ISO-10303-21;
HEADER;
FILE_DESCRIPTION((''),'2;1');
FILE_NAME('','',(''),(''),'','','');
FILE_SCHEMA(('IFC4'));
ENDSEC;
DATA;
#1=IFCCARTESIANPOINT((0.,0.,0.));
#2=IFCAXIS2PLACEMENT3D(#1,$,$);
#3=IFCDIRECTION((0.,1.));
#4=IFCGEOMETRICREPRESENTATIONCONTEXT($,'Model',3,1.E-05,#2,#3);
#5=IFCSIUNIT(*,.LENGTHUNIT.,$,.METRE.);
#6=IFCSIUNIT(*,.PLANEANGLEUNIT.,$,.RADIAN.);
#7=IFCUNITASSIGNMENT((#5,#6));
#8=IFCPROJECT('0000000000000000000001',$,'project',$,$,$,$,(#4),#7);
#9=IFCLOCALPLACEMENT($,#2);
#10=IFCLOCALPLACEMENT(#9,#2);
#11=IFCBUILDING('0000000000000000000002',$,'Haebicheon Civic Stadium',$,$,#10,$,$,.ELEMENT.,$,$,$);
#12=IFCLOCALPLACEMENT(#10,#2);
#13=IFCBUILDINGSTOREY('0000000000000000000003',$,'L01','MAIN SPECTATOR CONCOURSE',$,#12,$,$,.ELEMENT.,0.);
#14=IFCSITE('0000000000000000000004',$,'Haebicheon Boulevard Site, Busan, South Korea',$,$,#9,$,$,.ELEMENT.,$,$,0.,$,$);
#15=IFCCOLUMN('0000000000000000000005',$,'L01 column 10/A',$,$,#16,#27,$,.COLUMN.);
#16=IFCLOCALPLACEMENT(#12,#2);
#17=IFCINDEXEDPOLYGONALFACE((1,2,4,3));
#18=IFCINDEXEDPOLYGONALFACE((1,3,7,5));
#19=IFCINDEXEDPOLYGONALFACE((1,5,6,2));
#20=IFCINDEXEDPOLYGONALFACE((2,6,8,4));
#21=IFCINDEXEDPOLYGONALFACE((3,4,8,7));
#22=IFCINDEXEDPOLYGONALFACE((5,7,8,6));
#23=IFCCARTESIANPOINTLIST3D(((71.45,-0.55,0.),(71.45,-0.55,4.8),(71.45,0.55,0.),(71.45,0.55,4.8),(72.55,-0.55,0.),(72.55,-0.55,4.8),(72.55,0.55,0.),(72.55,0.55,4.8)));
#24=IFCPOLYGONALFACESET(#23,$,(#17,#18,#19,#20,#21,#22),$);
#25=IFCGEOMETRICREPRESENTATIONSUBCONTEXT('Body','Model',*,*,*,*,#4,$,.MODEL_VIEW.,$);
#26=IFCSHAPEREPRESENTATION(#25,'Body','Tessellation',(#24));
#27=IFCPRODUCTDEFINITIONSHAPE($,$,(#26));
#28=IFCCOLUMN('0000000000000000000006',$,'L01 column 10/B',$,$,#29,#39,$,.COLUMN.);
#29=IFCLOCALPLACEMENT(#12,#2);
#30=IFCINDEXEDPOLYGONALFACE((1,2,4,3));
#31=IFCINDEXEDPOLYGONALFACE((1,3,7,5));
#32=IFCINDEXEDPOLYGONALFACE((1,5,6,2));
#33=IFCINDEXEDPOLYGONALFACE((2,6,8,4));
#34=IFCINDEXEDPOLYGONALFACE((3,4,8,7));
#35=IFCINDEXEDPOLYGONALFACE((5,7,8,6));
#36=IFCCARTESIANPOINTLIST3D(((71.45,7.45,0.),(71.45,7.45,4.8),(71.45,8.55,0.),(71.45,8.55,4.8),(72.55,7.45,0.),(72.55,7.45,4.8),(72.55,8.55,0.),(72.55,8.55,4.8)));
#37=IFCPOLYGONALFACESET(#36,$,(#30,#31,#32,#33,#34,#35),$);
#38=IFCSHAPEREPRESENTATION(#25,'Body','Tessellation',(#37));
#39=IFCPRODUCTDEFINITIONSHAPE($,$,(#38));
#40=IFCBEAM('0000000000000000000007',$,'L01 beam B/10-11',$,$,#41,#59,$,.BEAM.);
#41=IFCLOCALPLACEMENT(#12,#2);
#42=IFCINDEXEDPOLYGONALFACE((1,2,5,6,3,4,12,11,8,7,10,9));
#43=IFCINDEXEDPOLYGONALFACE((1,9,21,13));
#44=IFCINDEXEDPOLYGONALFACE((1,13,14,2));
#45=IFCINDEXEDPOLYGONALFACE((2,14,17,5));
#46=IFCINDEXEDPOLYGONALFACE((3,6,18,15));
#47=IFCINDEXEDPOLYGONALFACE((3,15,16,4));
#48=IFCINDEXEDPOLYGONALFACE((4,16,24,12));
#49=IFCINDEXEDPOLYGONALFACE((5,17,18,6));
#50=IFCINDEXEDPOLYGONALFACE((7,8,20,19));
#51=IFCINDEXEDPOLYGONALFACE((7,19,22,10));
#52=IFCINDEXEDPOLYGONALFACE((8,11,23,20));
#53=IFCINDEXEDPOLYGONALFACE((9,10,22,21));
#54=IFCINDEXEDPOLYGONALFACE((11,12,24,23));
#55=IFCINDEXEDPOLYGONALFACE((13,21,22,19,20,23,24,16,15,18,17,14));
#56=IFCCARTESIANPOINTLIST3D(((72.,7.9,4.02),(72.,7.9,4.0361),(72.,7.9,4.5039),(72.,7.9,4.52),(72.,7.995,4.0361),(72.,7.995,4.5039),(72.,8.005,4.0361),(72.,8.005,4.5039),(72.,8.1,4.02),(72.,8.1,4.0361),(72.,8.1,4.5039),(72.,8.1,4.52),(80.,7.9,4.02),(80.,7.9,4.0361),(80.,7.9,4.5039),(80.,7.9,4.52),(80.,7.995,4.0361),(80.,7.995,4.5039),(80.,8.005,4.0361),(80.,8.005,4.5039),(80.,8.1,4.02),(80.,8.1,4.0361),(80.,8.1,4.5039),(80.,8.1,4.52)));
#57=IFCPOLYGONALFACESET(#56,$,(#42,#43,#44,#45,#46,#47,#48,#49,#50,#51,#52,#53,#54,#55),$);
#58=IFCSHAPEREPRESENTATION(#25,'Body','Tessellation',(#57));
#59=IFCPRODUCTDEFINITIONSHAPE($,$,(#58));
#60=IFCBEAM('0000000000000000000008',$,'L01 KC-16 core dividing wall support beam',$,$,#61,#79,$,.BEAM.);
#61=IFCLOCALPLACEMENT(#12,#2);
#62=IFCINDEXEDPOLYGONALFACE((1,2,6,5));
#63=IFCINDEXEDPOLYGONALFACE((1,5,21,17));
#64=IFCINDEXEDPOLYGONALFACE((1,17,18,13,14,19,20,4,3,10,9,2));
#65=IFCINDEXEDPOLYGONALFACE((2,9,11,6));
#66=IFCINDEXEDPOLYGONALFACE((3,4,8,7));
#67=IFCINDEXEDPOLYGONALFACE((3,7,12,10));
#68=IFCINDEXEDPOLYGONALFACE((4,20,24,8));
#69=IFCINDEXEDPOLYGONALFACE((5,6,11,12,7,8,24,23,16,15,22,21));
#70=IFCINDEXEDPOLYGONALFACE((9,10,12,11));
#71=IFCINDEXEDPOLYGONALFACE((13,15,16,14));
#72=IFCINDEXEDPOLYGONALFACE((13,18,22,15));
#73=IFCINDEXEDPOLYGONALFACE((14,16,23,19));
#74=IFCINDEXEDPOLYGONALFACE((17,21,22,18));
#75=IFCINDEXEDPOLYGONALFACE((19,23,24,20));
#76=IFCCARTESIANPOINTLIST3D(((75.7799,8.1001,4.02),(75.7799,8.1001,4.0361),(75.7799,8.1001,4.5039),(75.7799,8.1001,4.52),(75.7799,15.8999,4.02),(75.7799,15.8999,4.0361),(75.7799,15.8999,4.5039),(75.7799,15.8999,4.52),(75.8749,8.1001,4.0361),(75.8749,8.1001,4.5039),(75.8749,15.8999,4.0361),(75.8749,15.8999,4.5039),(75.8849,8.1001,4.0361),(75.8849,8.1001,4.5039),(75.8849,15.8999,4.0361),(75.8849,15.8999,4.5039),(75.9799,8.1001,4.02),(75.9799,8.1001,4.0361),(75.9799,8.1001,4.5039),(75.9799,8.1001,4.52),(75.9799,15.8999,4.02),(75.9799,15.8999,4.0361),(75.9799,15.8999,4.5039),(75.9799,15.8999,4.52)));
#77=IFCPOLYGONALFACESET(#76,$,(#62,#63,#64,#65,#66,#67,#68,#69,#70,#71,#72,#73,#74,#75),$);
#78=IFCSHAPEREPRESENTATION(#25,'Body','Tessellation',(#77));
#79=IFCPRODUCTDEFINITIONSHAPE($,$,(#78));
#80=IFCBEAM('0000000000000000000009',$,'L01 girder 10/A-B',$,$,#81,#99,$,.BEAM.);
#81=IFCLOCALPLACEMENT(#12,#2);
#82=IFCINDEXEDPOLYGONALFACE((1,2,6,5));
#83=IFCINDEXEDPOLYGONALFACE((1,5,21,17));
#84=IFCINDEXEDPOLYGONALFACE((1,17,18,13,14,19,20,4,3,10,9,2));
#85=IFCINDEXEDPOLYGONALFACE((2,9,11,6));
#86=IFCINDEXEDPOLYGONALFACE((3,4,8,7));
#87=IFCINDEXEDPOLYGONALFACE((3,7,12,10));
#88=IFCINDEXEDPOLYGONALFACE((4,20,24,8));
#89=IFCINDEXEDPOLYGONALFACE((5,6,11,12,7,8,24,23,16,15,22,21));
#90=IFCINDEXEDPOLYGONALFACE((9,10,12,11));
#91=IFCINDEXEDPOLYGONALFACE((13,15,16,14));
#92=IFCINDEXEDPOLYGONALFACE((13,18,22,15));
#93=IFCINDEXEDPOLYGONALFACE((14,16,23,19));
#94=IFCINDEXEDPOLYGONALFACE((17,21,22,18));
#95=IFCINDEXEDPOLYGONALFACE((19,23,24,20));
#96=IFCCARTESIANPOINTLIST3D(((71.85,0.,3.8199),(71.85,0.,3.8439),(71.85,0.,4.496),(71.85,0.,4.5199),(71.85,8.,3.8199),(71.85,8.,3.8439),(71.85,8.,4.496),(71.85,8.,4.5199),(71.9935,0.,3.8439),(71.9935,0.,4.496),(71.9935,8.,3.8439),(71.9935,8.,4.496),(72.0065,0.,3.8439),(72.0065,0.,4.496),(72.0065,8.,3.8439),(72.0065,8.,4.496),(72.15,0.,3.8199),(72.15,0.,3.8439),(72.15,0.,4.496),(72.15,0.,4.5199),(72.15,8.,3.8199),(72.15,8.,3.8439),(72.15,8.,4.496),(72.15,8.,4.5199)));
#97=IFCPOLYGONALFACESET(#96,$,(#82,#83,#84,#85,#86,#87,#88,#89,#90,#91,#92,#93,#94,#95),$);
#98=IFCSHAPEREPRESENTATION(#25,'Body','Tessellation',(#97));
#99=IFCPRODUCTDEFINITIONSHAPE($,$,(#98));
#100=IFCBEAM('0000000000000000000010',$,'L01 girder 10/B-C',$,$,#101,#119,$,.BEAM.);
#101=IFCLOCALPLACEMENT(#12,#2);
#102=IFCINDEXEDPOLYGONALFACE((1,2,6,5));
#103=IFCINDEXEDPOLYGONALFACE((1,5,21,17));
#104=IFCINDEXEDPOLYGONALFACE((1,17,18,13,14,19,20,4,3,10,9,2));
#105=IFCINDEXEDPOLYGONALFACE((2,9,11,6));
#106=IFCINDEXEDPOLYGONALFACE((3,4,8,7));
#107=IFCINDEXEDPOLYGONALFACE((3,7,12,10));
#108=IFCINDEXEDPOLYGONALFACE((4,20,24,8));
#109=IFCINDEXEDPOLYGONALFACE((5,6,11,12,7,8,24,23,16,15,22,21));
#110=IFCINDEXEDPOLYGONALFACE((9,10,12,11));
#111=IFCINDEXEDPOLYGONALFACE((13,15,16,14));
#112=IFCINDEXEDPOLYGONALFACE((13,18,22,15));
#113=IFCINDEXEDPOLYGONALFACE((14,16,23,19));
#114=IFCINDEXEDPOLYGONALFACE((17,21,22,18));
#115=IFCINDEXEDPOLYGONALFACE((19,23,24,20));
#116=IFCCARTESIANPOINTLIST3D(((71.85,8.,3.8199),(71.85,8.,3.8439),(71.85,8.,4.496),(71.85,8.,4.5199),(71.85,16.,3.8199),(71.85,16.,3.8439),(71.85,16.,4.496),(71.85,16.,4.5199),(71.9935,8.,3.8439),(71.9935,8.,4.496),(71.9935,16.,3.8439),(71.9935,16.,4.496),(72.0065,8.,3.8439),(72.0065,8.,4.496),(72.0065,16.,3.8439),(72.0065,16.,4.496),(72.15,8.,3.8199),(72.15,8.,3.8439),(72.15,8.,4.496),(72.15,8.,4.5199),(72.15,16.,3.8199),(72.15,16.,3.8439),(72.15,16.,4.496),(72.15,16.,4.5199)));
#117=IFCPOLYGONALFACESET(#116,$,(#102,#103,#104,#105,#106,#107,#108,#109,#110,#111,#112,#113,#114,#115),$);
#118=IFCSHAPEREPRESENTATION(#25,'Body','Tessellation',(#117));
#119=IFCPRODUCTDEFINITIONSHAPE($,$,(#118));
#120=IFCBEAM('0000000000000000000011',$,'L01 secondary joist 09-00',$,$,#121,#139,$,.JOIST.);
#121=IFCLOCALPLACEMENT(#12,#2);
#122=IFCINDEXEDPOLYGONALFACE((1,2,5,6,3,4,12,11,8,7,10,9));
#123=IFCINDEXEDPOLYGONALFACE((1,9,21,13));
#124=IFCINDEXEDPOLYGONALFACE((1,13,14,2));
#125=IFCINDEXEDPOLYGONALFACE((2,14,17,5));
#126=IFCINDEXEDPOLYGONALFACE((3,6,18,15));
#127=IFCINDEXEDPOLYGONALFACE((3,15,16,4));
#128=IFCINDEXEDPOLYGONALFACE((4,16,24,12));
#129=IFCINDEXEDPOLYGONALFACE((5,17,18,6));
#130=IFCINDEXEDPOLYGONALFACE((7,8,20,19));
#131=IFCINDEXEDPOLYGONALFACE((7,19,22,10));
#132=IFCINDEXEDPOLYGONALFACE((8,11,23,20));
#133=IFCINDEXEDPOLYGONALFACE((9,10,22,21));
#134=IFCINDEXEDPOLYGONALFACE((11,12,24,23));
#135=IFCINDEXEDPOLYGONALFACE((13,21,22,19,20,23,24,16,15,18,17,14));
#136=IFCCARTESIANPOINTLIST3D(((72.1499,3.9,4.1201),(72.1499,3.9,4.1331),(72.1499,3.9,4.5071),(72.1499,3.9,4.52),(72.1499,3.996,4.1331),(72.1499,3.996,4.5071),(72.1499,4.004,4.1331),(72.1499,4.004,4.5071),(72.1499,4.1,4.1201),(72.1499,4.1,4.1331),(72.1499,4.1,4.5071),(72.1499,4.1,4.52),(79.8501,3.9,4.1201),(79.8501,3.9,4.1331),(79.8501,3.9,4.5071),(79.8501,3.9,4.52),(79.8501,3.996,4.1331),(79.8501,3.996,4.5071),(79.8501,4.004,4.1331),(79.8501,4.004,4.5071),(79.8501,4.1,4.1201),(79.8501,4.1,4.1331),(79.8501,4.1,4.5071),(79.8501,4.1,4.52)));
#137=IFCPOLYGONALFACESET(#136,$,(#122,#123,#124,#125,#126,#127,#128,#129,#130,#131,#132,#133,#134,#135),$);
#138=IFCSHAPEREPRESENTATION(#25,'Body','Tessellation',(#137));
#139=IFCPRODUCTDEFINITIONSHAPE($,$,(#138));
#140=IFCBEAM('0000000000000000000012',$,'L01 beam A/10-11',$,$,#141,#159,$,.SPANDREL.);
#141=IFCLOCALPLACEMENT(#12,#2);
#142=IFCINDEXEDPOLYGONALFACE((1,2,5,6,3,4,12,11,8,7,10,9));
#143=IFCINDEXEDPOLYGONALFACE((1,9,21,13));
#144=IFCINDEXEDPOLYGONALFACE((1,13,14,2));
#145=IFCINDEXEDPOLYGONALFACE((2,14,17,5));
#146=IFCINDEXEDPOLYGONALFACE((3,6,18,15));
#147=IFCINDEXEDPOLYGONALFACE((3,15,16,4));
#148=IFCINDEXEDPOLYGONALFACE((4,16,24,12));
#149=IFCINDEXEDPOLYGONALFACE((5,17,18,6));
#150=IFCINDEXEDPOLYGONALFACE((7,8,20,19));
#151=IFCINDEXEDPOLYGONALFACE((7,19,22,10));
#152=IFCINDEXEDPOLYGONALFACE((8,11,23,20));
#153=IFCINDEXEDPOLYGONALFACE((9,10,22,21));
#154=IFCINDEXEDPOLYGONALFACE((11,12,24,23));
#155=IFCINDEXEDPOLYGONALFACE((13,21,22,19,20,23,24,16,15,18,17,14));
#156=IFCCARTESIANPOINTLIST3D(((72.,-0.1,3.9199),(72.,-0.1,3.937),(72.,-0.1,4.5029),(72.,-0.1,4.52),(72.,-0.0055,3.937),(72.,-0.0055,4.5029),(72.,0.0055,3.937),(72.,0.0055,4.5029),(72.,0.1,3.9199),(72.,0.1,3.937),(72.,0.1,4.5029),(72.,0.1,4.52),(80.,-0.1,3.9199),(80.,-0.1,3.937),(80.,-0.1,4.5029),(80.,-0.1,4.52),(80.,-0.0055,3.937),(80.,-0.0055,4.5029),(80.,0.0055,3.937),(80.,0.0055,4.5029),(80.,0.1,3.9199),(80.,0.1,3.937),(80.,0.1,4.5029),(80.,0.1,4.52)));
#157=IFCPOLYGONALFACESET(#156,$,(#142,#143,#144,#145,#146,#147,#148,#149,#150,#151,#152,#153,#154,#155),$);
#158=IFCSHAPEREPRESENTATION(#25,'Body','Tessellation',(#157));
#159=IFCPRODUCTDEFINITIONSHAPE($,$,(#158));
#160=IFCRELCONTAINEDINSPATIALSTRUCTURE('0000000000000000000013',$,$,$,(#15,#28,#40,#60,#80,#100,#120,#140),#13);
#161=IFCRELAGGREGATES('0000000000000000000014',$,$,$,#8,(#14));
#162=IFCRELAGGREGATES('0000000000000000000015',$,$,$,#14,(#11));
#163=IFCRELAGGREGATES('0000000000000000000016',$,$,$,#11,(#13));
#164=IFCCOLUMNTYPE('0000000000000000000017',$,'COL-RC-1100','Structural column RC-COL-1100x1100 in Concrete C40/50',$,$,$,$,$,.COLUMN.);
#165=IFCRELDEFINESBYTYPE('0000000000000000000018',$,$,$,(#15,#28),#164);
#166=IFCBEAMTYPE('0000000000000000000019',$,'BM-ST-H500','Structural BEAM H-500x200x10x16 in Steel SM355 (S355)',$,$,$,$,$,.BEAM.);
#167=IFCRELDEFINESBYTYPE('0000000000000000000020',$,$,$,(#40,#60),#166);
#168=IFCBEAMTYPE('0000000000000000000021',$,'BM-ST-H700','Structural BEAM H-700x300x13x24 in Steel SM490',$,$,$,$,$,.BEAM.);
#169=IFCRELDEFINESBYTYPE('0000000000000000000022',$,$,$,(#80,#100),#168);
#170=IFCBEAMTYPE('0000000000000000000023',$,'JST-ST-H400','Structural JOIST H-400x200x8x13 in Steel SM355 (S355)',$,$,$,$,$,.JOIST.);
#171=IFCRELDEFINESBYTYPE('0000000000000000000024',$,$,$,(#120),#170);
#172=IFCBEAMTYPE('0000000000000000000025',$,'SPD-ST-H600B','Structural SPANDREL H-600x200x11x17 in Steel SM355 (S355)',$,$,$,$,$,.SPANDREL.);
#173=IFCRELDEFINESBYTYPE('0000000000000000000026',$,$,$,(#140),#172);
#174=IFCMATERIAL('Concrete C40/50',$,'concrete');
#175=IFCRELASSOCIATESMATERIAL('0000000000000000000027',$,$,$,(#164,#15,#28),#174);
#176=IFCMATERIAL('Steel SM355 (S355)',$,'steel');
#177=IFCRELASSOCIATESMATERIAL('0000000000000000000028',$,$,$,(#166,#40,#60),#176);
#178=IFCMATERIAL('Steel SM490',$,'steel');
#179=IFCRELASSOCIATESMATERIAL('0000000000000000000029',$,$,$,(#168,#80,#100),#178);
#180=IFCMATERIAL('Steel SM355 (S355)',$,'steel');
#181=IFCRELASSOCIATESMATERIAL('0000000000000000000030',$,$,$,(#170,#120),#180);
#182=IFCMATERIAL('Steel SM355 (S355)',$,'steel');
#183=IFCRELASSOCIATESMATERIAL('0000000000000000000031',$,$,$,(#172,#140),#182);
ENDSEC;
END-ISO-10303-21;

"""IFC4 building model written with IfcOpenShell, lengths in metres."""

from ifc_helpers import new_model, si_unit, direction, frame, origin, origin_2d, place, context, subcontext, project, spatial, rectangle, i_section, extrude, material, material_profile, profile_set, type_object, element, save


model = new_model("IFC4")

# Units and contexts
model_context = context("Model", 3, precision=1e-05, world=origin(), true_north=direction((0.0, 1.0)))
body_context = subcontext(model_context, "Body", "Model", "MODEL_VIEW")
ifc_project = project(units=[si_unit("LENGTHUNIT", "METRE"), si_unit("PLANEANGLEUNIT", "RADIAN")], contexts=[model_context])

# Site, building, storey
site_placement = place(None, origin())
site = spatial("IfcSite", under=ifc_project, at=site_placement, Name="Haebicheon Boulevard Site, Busan, South Korea", CompositionType="ELEMENT", RefElevation=0.0)
building_placement = place(site_placement, origin())
building = spatial("IfcBuilding", under=site, at=building_placement, Name="Haebicheon Civic Stadium", CompositionType="ELEMENT")
storey_placement = place(building_placement, origin())
storey = spatial("IfcBuildingStorey", under=building, at=storey_placement, Name="L01", Description="MAIN SPECTATOR CONCOURSE", CompositionType="ELEMENT", Elevation=0.0)

# Columns
ifc_material_1 = material(Name="Concrete C40/50", Category="concrete")
ifc_material_profile_1 = material_profile(ifc_material_1, rectangle(XDim=1.1001, YDim=1.1001, at=origin_2d()), Name="RC-COL-1100x1100")
ifc_profile_set_1 = profile_set([ifc_material_profile_1], Name="Concrete C40/50")
column_type = type_object("IfcColumnType", Name="COL-RC-1100", Description="Structural column RC-COL-1100x1100 in Concrete C40/50", PredefinedType="COLUMN", material=ifc_profile_set_1)
for number, where, z_axis, x_axis, name in (
    (1, (72.0, 0.0, 0.0), (0.0, 0.0, 1.0), (1.0, 0.0, 0.0), "L01 column 10/A"),
    (2, (72.0, 8.0, 0.0), (0.0, 0.0, 1.0), (1.0, 0.0, 0.0), "L01 column 10/B"),
):
    element("IfcColumn", number, at=place(storey_placement, frame(where, z_axis=z_axis, x_axis=x_axis)), inside=storey, type_object=column_type, material=ifc_profile_set_1, Name=name, PredefinedType="COLUMN", context=body_context, shape_type="SweptSolid", body=[
        extrude(rectangle(XDim=1.1001, YDim=1.1001, at=origin_2d()), origin(), (0.0, 0.0, 1.0), 4.8),
    ])

# Beams
ifc_material_2 = material(Name="Steel SM355 (S355)", Category="steel")
ifc_material_profile_2 = material_profile(ifc_material_2, i_section(OverallWidth=0.2, OverallDepth=0.5, WebThickness=0.01, FlangeThickness=0.0161, at=origin_2d()), Name="H-500x200x10x16")
ifc_profile_set_2 = profile_set([ifc_material_profile_2], Name="Steel SM355 (S355)")
beam_type_1 = type_object("IfcBeamType", Name="BM-ST-H500", Description="Structural BEAM H-500x200x10x16 in Steel SM355 (S355)", PredefinedType="BEAM", material=ifc_profile_set_2)
beam_1_placement = place(storey_placement, frame((72.0, 8.0, 4.27), z_axis=(1.0, 0.0, 0.0), x_axis=(0.0, 1.0, 0.0)))
element("IfcBeam", 3, at=beam_1_placement, inside=storey, type_object=beam_type_1, material=ifc_profile_set_2, Name="L01 beam B/10-11", PredefinedType="BEAM", context=body_context, shape_type="SweptSolid", body=[
    extrude(i_section(OverallWidth=0.2, OverallDepth=0.5, WebThickness=0.01, FlangeThickness=0.0161, at=origin_2d()), origin(), (0.0, 0.0, 1.0), 8.0),
])
beam_2_placement = place(storey_placement, frame((75.8799, 8.1001, 4.27), z_axis=(0.0, 1.0, 0.0), x_axis=(-1.0, 0.0, 0.0)))
element("IfcBeam", 4, at=beam_2_placement, inside=storey, type_object=beam_type_1, material=ifc_profile_set_2, Name="L01 KC-16 core dividing wall support beam", PredefinedType="BEAM", context=body_context, shape_type="SweptSolid", body=[
    extrude(i_section(OverallWidth=0.2, OverallDepth=0.5, WebThickness=0.01, FlangeThickness=0.0161, at=origin_2d()), origin(), (0.0, 0.0, 1.0), 7.7998),
])
ifc_material_3 = material(Name="Steel SM490", Category="steel")
ifc_material_profile_3 = material_profile(ifc_material_3, i_section(OverallWidth=0.3, OverallDepth=0.7, WebThickness=0.0129, FlangeThickness=0.0239, at=origin_2d()), Name="H-700x300x13x24")
ifc_profile_set_3 = profile_set([ifc_material_profile_3], Name="Steel SM490")
beam_type_2 = type_object("IfcBeamType", Name="BM-ST-H700", Description="Structural BEAM H-700x300x13x24 in Steel SM490", PredefinedType="BEAM", material=ifc_profile_set_3)
for number, where, z_axis, x_axis, name in (
    (5, (72.0, 0.0, 4.1699), (0.0, 1.0, 0.0), (-1.0, 0.0, 0.0), "L01 girder 10/A-B"),
    (6, (72.0, 8.0, 4.1699), (0.0, 1.0, 0.0), (-1.0, 0.0, 0.0), "L01 girder 10/B-C"),
):
    element("IfcBeam", number, at=place(storey_placement, frame(where, z_axis=z_axis, x_axis=x_axis)), inside=storey, type_object=beam_type_2, material=ifc_profile_set_3, Name=name, PredefinedType="BEAM", context=body_context, shape_type="SweptSolid", body=[
        extrude(i_section(OverallWidth=0.3, OverallDepth=0.7, WebThickness=0.0129, FlangeThickness=0.0239, at=origin_2d()), origin(), (0.0, 0.0, 1.0), 8.0),
    ])
ifc_material_4 = material(Name="Steel SM355 (S355)", Category="steel")
ifc_material_profile_4 = material_profile(ifc_material_4, i_section(OverallWidth=0.2, OverallDepth=0.3999, WebThickness=0.0081, FlangeThickness=0.0129, at=origin_2d()), Name="H-400x200x8x13")
ifc_profile_set_4 = profile_set([ifc_material_profile_4], Name="Steel SM355 (S355)")
beam_type_3 = type_object("IfcBeamType", Name="JST-ST-H400", Description="Structural JOIST H-400x200x8x13 in Steel SM355 (S355)", PredefinedType="JOIST", material=ifc_profile_set_4)
beam_3_placement = place(storey_placement, frame((72.1499, 4.0, 4.3201), z_axis=(1.0, 0.0, 0.0), x_axis=(0.0, 1.0, 0.0)))
element("IfcBeam", 7, at=beam_3_placement, inside=storey, type_object=beam_type_3, material=ifc_profile_set_4, Name="L01 secondary joist 09-00", PredefinedType="JOIST", context=body_context, shape_type="SweptSolid", body=[
    extrude(i_section(OverallWidth=0.2, OverallDepth=0.3999, WebThickness=0.0081, FlangeThickness=0.0129, at=origin_2d()), origin(), (0.0, 0.0, 1.0), 7.7002),
])
ifc_material_5 = material(Name="Steel SM355 (S355)", Category="steel")
ifc_material_profile_5 = material_profile(ifc_material_5, i_section(OverallWidth=0.2, OverallDepth=0.6001, WebThickness=0.011, FlangeThickness=0.0171, at=origin_2d()), Name="H-600x200x11x17")
ifc_profile_set_5 = profile_set([ifc_material_profile_5], Name="Steel SM355 (S355)")
beam_type_4 = type_object("IfcBeamType", Name="SPD-ST-H600B", Description="Structural SPANDREL H-600x200x11x17 in Steel SM355 (S355)", PredefinedType="SPANDREL", material=ifc_profile_set_5)
beam_4_placement = place(storey_placement, frame((72.0, 0.0, 4.22), z_axis=(1.0, 0.0, 0.0), x_axis=(0.0, 1.0, 0.0)))
element("IfcBeam", 8, at=beam_4_placement, inside=storey, type_object=beam_type_4, material=ifc_profile_set_5, Name="L01 beam A/10-11", PredefinedType="SPANDREL", context=body_context, shape_type="SweptSolid", body=[
    extrude(i_section(OverallWidth=0.2, OverallDepth=0.6001, WebThickness=0.011, FlangeThickness=0.0171, at=origin_2d()), origin(), (0.0, 0.0, 1.0), 8.0),
])

save(model, "model.ifc")
